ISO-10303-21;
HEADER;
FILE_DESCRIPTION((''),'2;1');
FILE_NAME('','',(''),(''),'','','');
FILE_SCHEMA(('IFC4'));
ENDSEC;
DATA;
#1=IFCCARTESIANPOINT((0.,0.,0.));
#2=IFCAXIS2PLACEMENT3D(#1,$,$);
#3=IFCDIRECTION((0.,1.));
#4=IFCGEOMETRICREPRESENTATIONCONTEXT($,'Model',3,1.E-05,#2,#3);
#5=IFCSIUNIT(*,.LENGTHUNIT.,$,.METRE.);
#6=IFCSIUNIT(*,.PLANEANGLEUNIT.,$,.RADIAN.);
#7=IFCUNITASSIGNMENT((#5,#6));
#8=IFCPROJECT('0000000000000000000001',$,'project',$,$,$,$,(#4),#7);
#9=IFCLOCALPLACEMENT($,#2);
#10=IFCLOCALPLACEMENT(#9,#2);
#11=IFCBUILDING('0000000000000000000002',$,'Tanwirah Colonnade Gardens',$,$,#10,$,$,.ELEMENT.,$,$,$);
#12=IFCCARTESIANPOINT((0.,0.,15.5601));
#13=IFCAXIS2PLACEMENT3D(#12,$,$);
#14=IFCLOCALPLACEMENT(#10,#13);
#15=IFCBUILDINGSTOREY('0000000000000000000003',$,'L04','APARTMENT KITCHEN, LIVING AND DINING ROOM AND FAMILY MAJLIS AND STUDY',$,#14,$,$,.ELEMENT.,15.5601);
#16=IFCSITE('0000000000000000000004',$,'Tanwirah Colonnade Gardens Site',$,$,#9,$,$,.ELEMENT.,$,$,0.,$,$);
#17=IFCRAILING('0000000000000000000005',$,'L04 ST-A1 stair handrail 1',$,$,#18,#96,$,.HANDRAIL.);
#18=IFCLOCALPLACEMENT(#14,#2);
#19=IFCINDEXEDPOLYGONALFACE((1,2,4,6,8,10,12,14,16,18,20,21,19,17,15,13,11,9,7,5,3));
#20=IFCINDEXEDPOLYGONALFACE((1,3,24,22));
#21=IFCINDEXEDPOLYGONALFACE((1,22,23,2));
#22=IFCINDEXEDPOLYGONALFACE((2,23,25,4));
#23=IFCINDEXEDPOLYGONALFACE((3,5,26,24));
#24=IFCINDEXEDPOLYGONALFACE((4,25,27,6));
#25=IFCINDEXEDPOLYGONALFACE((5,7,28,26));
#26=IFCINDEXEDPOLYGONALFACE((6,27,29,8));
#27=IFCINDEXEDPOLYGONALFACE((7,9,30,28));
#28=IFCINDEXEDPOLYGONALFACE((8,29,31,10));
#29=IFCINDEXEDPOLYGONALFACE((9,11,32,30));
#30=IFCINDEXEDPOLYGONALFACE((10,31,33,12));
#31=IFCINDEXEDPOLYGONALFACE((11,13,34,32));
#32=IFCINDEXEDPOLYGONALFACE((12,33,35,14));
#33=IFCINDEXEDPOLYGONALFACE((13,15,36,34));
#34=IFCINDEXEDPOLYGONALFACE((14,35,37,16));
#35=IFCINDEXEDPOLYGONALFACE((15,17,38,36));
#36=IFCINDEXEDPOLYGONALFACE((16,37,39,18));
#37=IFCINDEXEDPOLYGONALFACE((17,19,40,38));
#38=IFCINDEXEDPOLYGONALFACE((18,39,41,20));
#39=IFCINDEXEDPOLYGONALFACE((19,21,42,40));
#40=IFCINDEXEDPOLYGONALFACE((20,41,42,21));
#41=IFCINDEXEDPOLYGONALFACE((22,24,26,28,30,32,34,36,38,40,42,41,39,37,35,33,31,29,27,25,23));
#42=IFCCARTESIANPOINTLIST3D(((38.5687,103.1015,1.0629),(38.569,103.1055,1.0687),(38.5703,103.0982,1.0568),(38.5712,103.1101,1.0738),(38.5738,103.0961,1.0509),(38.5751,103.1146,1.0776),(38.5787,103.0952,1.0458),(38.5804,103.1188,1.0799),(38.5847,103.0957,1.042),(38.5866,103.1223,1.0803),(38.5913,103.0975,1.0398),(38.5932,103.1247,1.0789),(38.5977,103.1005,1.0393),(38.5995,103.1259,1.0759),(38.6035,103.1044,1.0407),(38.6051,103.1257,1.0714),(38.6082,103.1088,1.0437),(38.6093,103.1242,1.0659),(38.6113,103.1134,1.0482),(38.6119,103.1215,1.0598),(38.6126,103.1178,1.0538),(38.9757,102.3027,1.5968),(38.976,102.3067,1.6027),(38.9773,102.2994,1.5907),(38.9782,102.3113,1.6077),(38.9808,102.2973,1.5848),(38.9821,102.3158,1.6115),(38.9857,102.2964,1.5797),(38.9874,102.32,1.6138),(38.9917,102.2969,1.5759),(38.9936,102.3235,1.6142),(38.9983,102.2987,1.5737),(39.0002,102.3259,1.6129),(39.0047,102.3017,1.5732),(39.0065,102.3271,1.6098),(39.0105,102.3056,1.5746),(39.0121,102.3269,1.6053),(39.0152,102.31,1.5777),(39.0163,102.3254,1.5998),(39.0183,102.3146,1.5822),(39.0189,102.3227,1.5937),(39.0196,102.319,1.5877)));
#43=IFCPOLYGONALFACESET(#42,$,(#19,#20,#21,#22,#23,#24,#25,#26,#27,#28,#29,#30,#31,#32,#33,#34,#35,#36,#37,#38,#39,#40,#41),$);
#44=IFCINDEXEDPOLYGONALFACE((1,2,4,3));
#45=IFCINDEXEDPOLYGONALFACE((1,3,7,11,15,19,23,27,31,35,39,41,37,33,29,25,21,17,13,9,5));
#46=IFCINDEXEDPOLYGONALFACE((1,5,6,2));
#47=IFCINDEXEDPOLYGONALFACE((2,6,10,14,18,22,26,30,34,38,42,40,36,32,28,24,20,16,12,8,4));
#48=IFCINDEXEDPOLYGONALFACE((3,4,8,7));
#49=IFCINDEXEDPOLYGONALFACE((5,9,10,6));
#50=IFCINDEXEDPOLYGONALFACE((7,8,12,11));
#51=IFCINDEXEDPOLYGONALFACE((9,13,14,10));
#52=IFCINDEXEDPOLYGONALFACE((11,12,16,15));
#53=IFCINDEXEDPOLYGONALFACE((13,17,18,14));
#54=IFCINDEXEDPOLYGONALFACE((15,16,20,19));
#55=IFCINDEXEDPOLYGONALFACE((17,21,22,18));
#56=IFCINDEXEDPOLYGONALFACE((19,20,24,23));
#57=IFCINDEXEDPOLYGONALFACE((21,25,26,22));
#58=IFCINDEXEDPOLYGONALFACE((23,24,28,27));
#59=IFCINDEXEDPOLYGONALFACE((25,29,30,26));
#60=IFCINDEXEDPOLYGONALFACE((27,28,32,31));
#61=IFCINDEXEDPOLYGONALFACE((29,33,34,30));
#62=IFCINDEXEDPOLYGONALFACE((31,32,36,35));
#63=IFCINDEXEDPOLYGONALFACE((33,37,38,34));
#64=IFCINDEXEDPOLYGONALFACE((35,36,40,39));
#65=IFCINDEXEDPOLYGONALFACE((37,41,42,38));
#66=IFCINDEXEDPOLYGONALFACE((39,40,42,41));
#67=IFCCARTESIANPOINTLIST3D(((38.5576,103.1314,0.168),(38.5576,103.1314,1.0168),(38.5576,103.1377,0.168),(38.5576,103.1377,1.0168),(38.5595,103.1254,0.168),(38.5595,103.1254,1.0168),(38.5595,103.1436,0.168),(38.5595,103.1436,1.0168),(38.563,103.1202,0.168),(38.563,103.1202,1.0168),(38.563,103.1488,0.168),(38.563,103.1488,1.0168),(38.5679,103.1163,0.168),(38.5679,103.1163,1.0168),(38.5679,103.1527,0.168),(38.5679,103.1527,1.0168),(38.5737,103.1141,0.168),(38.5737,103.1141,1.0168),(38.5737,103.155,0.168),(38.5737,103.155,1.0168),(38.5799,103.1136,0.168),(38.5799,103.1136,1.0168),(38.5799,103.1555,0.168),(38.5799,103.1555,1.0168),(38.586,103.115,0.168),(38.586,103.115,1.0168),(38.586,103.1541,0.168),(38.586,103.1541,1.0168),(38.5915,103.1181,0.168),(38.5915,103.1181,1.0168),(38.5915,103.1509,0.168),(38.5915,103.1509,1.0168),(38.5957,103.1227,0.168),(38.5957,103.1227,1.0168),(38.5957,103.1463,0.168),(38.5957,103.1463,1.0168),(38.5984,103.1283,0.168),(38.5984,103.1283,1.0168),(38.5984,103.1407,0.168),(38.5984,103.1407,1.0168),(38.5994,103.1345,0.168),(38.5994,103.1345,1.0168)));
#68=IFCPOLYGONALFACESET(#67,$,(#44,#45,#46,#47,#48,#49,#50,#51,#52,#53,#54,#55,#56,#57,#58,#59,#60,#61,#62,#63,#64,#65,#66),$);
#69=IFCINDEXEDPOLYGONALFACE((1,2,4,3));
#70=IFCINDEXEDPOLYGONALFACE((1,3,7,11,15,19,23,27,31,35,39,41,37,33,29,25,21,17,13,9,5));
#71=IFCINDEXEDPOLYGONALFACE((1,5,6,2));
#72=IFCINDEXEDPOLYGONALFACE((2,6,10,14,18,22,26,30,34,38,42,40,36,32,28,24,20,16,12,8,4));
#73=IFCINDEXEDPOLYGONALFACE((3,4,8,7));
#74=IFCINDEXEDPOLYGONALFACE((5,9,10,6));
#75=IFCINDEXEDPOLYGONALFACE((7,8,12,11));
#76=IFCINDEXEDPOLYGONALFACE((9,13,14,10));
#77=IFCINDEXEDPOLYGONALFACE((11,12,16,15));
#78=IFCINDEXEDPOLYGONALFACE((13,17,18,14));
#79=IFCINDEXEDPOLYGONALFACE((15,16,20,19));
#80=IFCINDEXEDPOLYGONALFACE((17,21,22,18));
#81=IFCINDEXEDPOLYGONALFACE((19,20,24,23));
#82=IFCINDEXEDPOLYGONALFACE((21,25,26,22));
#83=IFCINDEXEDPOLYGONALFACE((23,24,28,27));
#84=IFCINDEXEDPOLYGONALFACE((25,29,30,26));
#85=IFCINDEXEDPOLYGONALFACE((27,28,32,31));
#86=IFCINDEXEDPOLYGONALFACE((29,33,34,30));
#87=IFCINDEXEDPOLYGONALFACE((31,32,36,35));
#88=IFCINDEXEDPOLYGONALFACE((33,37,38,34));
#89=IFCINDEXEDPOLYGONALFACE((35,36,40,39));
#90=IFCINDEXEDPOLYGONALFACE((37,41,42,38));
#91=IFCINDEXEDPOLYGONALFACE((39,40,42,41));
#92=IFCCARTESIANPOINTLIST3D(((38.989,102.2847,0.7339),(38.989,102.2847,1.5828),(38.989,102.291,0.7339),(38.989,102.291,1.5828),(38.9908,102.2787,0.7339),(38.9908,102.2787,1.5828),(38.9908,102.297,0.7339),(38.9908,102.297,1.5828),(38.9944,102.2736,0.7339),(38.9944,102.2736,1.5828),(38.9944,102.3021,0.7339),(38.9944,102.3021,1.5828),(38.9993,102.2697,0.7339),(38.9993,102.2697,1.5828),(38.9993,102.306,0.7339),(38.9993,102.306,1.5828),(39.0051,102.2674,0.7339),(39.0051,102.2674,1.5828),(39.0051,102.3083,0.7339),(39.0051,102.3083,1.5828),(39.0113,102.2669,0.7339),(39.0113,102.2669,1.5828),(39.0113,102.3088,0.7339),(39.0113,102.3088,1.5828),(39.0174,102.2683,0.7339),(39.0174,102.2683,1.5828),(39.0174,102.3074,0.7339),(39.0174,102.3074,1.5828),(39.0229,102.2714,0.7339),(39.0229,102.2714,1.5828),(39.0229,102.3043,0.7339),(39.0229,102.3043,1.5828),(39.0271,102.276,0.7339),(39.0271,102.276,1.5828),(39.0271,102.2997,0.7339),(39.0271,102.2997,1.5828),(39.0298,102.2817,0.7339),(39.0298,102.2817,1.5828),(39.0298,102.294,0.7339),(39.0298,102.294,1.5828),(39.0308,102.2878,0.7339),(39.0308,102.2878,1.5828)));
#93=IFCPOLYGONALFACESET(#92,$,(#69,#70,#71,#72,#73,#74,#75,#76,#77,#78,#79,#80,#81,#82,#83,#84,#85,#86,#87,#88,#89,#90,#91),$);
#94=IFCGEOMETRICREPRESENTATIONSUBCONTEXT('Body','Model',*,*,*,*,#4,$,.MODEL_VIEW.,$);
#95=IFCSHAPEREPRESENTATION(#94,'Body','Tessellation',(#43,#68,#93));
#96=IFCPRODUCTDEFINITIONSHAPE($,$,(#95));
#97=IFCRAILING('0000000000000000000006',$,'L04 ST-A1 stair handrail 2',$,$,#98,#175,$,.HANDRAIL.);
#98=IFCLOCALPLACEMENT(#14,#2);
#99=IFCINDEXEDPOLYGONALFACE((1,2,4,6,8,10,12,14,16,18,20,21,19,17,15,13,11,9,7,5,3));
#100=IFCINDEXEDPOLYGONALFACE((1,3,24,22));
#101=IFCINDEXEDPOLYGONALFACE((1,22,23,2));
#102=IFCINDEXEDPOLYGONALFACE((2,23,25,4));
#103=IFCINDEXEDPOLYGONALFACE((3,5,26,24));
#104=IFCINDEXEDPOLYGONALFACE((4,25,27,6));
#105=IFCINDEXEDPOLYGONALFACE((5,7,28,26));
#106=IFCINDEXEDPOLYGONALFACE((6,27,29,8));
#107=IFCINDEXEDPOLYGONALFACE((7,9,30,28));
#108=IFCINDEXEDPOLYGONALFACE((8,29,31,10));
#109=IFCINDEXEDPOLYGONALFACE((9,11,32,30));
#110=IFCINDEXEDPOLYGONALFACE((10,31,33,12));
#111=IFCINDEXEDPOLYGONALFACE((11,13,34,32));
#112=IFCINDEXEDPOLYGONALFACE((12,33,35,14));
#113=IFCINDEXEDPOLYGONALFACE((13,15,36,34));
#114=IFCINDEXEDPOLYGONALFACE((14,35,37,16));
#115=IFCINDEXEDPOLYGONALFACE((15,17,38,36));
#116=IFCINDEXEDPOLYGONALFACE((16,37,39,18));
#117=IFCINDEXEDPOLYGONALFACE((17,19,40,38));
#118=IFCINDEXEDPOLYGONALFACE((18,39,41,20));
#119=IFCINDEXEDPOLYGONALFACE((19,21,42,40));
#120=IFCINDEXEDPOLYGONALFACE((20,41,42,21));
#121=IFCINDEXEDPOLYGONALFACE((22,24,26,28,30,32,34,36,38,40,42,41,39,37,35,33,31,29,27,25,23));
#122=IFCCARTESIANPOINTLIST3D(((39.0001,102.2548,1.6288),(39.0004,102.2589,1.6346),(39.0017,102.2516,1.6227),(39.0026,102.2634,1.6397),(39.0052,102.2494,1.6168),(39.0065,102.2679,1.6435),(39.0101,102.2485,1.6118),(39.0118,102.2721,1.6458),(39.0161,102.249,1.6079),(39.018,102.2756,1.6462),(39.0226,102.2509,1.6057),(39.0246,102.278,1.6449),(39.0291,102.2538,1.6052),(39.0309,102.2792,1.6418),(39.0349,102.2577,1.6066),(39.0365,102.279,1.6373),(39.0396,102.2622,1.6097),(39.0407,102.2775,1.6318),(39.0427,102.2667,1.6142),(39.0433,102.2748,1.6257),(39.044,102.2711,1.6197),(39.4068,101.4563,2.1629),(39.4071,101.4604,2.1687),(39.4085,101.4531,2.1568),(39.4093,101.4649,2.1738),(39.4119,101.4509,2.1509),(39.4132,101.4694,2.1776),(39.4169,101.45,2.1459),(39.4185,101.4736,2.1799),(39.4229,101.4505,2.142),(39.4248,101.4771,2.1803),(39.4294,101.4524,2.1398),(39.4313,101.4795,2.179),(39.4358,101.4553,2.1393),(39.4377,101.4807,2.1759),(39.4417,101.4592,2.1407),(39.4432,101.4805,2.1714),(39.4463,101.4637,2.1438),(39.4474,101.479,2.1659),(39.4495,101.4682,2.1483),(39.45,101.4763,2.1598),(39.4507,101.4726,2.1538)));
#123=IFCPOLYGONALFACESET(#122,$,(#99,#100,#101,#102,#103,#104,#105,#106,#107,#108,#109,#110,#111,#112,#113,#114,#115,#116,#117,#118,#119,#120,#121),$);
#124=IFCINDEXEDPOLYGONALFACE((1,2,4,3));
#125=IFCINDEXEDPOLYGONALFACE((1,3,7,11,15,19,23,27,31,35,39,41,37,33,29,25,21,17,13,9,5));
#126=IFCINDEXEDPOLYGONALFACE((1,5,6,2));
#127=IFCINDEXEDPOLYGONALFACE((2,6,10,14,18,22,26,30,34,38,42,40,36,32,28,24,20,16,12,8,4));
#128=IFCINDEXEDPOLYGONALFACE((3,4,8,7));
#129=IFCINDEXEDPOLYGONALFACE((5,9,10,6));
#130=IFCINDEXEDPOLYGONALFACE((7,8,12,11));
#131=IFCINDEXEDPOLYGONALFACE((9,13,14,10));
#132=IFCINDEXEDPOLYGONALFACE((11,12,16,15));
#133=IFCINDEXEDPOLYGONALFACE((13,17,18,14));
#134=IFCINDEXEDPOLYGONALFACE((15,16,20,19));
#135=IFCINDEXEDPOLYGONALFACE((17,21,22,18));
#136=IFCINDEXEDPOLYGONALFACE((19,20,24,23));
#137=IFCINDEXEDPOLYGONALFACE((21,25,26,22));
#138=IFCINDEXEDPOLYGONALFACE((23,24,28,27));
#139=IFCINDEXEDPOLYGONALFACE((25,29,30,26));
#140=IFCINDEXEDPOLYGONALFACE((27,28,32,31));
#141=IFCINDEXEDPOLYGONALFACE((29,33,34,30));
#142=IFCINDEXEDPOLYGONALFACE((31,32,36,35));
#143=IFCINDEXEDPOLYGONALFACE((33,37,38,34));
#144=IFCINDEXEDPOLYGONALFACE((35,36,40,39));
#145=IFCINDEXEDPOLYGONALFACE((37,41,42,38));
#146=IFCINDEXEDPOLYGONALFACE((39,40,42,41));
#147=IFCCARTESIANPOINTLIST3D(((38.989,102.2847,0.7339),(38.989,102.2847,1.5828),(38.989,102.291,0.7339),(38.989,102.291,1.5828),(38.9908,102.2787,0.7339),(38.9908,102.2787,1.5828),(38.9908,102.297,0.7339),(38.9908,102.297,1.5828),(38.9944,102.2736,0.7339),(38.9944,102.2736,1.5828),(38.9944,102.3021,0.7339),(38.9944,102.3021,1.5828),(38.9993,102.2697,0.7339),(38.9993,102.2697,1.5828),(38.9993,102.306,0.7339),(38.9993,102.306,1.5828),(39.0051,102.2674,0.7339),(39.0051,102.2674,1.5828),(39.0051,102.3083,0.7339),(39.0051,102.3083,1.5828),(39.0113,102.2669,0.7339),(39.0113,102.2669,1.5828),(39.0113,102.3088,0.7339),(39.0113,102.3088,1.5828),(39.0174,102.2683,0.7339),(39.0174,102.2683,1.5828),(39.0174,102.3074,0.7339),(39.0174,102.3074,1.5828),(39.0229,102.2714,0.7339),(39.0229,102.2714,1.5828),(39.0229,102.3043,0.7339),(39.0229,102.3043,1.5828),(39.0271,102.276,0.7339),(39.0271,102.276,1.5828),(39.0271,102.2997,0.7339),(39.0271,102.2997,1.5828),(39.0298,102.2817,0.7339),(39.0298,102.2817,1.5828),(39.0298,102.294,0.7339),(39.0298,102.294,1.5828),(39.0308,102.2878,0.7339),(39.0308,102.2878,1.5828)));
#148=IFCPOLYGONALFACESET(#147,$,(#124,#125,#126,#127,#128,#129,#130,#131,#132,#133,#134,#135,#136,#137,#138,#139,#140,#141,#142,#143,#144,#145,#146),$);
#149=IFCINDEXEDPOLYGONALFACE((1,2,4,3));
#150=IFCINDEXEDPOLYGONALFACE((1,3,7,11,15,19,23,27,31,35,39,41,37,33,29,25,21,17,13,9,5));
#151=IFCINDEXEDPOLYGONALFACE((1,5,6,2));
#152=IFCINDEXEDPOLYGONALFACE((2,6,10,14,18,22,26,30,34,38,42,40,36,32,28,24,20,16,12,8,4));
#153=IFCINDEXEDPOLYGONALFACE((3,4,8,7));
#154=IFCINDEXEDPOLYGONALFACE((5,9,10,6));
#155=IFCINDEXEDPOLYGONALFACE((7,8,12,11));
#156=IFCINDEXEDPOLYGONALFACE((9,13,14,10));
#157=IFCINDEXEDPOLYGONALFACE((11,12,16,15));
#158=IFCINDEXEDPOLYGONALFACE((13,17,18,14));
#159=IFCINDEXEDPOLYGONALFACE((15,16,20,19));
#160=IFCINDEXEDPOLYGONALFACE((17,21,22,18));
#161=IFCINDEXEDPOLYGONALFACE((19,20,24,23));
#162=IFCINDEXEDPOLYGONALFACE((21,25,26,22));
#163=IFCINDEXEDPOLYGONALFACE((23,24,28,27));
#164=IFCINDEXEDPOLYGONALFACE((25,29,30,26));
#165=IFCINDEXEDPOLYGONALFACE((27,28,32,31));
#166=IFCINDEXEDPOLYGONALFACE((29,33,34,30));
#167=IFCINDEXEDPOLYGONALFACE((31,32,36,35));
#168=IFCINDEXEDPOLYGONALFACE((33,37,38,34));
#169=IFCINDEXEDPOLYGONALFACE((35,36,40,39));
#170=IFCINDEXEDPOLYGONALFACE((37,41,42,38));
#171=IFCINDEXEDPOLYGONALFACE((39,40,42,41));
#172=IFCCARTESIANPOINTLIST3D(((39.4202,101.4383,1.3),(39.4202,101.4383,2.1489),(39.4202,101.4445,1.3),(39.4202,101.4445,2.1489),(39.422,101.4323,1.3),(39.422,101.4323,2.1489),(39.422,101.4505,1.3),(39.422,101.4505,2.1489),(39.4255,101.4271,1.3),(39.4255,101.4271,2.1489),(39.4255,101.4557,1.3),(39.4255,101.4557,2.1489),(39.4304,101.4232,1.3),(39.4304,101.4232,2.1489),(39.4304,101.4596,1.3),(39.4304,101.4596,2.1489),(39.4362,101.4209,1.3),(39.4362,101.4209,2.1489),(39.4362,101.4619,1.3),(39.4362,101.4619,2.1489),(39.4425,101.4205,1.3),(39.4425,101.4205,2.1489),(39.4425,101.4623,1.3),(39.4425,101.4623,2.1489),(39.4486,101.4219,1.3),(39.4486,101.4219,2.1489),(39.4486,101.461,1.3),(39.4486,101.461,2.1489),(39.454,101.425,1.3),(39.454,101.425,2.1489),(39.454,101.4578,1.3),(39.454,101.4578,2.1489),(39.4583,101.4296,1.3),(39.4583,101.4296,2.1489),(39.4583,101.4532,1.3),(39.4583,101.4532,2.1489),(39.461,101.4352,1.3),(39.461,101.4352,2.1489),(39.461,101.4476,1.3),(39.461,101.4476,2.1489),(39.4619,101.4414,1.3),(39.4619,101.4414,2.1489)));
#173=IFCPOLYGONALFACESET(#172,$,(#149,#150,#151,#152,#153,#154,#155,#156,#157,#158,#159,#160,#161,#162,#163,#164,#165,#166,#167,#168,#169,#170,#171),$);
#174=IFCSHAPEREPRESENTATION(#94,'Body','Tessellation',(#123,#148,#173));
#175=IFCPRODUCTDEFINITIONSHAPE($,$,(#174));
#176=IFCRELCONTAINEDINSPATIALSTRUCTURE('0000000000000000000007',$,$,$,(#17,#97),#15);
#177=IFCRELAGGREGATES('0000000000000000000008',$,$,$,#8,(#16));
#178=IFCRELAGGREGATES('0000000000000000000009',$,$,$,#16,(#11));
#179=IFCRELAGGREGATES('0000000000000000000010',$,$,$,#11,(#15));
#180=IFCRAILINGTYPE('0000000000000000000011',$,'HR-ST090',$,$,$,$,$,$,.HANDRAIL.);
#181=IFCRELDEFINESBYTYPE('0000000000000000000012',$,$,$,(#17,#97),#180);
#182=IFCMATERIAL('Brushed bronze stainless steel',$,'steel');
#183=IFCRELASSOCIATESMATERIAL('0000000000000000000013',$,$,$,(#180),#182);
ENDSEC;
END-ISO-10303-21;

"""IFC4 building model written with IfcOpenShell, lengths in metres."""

from ifc_helpers import new_model, si_unit, direction, frame, origin, origin_2d, place, context, subcontext, project, spatial, circle, extrude, material, type_object, element, save


model = new_model("IFC4")

# Units and contexts
model_context = context("Model", 3, precision=1e-05, world=origin(), true_north=direction((0.0, 1.0)))
body_context = subcontext(model_context, "Body", "Model", "MODEL_VIEW")
ifc_project = project(units=[si_unit("LENGTHUNIT", "METRE"), si_unit("PLANEANGLEUNIT", "RADIAN")], contexts=[model_context])

# Site, building, storey
site_placement = place(None, origin())
site = spatial("IfcSite", under=ifc_project, at=site_placement, Name="Tanwirah Colonnade Gardens Site", CompositionType="ELEMENT", RefElevation=0.0)
building_placement = place(site_placement, origin())
building = spatial("IfcBuilding", under=site, at=building_placement, Name="Tanwirah Colonnade Gardens", CompositionType="ELEMENT")
storey_placement = place(building_placement, frame((0.0, 0.0, 15.5601)))
storey = spatial("IfcBuildingStorey", under=building, at=storey_placement, Name="L04", Description="APARTMENT KITCHEN, LIVING AND DINING ROOM AND FAMILY MAJLIS AND STUDY", CompositionType="ELEMENT", Elevation=15.5601)

# Railings
ifc_material_1 = material(Name="Brushed bronze stainless steel", Category="steel")
railing_type_1 = type_object("IfcRailingType", Name="HR-ST090", PredefinedType="HANDRAIL", material=ifc_material_1)
railing_1_placement = place(storey_placement, frame((38.5784, 103.1345, 0.168)))
element("IfcRailing", 1, at=railing_1_placement, inside=storey, type_object=railing_type_1, Name="L04 ST-A1 stair handrail 1", PredefinedType="HANDRAIL", context=body_context, shape_type="SweptSolid", body=[
    extrude(circle(Radius=0.0239, at=origin_2d()), frame((0.0122, -0.0239, 0.8918), z_axis=(0.390052, -0.765534, 0.511681), x_axis=(0.89101, 0.453984, 0.0)), (0.0, 0.0, 1.0), 1.0435),
    extrude(circle(Radius=0.021, at=origin_2d()), origin(), (0.0, 0.0, 1.0), 0.8489),
    extrude(circle(Radius=0.021, at=origin_2d()), frame((0.4314, -0.8467, 0.5659)), (0.0, 0.0, 1.0), 0.8489),
])
railing_2_placement = place(storey_placement, frame((39.0098, 102.2878, 0.7339)))
element("IfcRailing", 2, at=railing_2_placement, inside=storey, type_object=railing_type_1, Name="L04 ST-A1 stair handrail 2", PredefinedType="HANDRAIL", context=body_context, shape_type="SweptSolid", body=[
    extrude(circle(Radius=0.0239, at=origin_2d()), frame((0.0122, -0.0239, 0.8918), z_axis=(0.389886, -0.765422, 0.511974), x_axis=(0.891061, 0.453883, 0.0)), (0.0, 0.0, 1.0), 1.0432),
    extrude(circle(Radius=0.021, at=origin_2d()), origin(), (0.0, 0.0, 1.0), 0.8489),
    extrude(circle(Radius=0.021, at=origin_2d()), frame((0.4312, -0.8464, 0.5662)), (0.0, 0.0, 1.0), 0.8489),
])

save(model, "model.ifc")
